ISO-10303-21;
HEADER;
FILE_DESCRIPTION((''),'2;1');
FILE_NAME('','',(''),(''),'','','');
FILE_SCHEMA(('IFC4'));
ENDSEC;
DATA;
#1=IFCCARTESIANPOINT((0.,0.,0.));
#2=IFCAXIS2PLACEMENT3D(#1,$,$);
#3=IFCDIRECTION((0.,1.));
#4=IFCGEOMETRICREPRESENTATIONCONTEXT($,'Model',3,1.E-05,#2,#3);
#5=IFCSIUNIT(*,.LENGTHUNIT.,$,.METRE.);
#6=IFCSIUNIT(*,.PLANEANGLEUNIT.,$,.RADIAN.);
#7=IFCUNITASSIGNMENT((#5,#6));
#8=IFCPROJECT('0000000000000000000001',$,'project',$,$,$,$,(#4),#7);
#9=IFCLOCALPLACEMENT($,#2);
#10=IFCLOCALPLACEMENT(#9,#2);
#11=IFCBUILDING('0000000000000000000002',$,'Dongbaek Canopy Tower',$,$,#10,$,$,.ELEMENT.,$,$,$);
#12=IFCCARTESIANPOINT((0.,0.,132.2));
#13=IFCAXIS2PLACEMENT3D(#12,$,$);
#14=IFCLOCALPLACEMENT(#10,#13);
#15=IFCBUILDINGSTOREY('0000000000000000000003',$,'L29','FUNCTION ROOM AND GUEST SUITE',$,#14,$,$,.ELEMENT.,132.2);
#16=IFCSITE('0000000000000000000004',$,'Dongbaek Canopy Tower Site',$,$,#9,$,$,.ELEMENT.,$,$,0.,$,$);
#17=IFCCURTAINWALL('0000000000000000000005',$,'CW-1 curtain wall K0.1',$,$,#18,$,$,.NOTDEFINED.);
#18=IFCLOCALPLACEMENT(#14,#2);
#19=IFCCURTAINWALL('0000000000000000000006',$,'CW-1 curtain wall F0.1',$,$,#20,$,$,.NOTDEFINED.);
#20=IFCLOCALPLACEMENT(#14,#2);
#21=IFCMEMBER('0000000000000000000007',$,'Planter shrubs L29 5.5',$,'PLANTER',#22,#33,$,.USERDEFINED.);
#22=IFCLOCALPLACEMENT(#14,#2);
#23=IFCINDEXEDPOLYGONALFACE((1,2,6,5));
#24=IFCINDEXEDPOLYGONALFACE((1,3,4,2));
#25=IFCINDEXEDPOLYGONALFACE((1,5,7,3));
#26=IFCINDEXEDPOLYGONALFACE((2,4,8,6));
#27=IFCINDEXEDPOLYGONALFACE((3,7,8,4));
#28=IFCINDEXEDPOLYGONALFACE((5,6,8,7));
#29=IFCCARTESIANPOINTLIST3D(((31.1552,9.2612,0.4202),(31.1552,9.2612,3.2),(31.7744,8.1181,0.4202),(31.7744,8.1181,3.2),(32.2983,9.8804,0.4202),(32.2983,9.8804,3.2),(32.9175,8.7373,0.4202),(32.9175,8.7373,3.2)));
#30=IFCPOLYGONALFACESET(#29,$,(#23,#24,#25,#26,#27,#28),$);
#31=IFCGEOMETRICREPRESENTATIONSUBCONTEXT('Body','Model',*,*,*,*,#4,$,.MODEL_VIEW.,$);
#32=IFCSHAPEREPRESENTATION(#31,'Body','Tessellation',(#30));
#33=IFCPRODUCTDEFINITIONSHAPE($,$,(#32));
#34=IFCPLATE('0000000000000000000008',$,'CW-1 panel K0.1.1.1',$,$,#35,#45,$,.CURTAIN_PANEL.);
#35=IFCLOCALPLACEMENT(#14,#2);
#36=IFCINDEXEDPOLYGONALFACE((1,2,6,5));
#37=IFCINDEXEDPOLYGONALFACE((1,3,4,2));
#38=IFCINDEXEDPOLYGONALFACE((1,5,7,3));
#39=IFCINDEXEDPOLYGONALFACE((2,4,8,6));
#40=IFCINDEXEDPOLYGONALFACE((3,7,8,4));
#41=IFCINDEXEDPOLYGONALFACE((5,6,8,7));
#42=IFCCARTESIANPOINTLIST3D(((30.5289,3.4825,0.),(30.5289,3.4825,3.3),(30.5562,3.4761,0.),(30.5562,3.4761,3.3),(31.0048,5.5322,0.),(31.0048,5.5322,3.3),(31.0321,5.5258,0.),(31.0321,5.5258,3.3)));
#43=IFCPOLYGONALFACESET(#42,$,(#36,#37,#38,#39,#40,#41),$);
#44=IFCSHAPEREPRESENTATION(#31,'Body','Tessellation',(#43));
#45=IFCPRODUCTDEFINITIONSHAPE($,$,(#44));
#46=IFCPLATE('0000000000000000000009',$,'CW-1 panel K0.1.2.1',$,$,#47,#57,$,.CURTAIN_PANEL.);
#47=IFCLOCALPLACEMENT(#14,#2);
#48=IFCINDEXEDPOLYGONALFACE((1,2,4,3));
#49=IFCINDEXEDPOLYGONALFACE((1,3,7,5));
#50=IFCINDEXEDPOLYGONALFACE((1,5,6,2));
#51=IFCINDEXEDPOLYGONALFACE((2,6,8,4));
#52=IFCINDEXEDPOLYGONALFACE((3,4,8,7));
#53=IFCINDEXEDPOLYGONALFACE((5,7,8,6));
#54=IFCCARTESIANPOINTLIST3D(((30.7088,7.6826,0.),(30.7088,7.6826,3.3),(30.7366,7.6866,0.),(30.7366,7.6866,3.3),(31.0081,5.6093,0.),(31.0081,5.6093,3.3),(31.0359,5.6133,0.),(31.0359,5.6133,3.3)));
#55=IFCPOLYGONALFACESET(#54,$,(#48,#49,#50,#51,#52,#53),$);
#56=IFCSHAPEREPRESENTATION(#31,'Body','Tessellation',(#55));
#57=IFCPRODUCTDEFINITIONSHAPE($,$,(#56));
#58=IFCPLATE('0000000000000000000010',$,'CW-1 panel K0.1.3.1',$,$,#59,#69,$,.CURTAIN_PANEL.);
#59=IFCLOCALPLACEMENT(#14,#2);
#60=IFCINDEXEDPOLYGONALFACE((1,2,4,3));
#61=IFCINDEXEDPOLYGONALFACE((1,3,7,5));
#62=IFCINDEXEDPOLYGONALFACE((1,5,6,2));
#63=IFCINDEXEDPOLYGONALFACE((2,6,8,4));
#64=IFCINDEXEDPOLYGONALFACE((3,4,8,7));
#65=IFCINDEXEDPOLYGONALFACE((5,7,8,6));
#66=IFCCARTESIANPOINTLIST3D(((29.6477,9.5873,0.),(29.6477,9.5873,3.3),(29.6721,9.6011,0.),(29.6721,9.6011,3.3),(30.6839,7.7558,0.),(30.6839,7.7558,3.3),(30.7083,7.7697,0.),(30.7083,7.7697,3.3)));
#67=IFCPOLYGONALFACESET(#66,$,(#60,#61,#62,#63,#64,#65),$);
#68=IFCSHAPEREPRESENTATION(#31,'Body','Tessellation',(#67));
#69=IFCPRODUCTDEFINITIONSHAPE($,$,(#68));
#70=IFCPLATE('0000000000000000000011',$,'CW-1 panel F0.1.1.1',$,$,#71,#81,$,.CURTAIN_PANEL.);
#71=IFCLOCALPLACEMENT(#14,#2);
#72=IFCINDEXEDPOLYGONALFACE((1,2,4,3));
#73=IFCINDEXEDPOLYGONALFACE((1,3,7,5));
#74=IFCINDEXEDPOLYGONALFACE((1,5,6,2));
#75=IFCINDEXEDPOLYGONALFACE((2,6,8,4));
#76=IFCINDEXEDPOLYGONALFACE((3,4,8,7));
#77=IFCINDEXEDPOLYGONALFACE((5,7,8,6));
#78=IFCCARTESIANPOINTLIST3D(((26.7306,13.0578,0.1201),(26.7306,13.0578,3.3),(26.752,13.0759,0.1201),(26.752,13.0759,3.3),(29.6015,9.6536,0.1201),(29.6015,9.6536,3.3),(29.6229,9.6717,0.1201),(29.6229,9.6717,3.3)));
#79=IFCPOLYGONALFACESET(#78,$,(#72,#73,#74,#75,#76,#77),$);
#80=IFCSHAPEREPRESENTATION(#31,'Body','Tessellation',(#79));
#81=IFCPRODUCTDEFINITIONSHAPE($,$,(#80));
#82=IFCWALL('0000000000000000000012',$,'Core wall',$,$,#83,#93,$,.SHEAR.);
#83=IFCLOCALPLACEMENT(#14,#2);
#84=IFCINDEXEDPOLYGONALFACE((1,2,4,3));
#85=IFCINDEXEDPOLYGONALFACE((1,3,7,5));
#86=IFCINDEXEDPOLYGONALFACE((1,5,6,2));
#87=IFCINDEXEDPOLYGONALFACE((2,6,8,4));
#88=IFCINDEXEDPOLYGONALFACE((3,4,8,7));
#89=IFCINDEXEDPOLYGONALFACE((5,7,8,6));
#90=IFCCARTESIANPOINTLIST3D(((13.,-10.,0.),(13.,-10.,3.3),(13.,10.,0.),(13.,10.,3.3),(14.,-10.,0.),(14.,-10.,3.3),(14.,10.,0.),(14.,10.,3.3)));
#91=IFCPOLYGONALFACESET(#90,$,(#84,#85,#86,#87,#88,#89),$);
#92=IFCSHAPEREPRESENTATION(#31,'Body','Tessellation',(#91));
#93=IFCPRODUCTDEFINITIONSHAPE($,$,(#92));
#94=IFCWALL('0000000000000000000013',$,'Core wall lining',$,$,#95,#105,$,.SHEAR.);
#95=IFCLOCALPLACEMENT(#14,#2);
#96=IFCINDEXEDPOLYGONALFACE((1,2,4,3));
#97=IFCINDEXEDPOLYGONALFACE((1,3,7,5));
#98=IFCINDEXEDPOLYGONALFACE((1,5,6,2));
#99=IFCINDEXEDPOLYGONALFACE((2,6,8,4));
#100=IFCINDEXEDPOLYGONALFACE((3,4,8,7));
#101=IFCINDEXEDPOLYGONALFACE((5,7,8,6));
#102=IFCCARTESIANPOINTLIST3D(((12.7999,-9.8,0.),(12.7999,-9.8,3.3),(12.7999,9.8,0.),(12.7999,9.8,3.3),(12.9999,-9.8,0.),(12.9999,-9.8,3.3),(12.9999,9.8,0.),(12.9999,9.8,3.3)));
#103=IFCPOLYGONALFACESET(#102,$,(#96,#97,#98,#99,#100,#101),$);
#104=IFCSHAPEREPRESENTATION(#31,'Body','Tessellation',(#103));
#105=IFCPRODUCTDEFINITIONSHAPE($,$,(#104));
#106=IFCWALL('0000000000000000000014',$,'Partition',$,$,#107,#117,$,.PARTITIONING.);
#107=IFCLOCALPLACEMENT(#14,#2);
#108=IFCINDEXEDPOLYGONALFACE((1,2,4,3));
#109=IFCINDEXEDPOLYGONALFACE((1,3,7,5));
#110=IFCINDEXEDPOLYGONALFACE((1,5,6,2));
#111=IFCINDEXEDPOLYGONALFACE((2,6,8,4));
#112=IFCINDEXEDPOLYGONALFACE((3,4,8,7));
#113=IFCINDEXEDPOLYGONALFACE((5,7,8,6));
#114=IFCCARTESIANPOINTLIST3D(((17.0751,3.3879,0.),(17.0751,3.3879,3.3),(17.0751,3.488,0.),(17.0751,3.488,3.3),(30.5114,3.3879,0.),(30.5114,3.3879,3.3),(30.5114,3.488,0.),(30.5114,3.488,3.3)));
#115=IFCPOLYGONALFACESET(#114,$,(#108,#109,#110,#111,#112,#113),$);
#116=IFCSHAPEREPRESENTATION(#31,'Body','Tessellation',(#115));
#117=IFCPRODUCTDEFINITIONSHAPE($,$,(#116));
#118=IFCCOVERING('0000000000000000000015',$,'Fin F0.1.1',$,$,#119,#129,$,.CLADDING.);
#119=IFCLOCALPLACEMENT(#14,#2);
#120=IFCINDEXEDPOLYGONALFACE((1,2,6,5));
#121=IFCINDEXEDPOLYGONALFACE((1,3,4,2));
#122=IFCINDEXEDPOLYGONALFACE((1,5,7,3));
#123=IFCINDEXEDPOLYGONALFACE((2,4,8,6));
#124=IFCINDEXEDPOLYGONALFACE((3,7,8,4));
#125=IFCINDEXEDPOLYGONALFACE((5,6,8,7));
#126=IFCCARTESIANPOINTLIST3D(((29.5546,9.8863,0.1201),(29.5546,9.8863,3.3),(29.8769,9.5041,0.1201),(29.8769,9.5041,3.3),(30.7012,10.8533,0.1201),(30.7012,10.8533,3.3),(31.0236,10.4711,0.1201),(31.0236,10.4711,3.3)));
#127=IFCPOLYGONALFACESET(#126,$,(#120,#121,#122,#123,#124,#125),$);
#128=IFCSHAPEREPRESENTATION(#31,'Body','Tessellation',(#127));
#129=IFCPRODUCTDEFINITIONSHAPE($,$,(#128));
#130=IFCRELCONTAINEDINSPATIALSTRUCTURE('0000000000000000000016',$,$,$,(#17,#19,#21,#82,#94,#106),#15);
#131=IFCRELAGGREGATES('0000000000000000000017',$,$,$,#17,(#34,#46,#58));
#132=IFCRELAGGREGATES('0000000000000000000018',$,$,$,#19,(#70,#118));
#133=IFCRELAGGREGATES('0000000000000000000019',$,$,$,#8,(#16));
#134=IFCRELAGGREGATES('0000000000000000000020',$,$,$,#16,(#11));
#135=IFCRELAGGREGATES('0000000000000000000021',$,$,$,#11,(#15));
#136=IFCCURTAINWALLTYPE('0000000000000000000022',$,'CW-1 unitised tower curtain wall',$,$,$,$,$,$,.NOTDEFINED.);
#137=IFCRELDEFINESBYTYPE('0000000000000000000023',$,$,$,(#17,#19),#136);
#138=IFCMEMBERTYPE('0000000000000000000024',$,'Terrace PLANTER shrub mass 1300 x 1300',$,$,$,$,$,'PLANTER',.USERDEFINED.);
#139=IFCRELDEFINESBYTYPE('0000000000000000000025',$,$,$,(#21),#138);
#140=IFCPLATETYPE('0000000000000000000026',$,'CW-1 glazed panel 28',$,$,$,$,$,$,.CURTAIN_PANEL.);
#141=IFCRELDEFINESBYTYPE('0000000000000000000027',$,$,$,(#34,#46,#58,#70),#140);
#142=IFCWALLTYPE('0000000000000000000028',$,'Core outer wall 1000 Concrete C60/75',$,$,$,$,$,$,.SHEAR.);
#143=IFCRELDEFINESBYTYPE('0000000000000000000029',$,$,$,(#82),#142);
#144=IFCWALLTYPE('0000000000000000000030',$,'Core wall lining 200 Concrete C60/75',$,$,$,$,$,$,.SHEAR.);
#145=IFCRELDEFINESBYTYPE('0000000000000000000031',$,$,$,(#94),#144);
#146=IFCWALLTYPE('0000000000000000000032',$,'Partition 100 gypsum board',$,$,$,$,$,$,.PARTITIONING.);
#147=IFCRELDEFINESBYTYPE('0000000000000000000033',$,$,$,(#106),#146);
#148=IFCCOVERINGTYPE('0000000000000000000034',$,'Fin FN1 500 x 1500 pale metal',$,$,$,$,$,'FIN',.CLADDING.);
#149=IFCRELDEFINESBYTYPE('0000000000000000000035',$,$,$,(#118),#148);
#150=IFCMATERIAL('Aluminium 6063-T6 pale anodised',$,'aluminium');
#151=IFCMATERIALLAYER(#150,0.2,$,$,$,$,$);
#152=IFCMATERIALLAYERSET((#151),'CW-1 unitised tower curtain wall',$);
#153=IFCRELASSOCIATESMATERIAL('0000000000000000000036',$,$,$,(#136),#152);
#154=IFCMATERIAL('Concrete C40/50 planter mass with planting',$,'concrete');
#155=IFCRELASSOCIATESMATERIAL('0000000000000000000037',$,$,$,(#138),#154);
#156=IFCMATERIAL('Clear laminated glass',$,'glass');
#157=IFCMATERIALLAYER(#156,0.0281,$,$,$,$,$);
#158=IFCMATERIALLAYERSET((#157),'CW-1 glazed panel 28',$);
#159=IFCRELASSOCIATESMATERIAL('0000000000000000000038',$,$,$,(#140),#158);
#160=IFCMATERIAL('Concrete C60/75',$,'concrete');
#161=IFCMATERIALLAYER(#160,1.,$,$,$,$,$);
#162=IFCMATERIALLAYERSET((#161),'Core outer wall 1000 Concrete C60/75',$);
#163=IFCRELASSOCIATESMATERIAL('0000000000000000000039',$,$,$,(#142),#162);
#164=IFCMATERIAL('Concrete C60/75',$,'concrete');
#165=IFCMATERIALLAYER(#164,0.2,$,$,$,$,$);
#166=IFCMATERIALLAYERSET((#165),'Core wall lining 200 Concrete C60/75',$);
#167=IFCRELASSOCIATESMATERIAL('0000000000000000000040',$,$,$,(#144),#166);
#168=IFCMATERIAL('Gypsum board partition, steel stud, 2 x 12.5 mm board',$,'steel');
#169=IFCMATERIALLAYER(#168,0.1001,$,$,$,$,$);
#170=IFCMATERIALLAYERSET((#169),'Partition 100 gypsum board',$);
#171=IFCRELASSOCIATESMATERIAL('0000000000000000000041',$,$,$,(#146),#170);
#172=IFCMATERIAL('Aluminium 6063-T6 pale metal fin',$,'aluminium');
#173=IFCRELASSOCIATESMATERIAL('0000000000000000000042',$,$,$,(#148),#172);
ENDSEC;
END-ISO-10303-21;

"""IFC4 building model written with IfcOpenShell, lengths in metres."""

from ifc_helpers import new_model, si_unit, direction, frame, frame_2d, origin, origin_2d, place, context, subcontext, project, spatial, rectangle, extrude, material, layer, layer_set, material_profile, profile_set, type_object, element, aggregate, save


model = new_model("IFC4")

# Units and contexts
model_context = context("Model", 3, precision=1e-05, world=origin(), true_north=direction((0.0, 1.0)))
body_context = subcontext(model_context, "Body", "Model", "MODEL_VIEW")
ifc_project = project(units=[si_unit("LENGTHUNIT", "METRE"), si_unit("PLANEANGLEUNIT", "RADIAN")], contexts=[model_context])

# Site, building, storey
site_placement = place(None, origin())
site = spatial("IfcSite", under=ifc_project, at=site_placement, Name="Dongbaek Canopy Tower Site", CompositionType="ELEMENT", RefElevation=0.0)
building_placement = place(site_placement, origin())
building = spatial("IfcBuilding", under=site, at=building_placement, Name="Dongbaek Canopy Tower", CompositionType="ELEMENT")
storey_placement = place(building_placement, frame((0.0, 0.0, 132.2)))
storey = spatial("IfcBuildingStorey", under=building, at=storey_placement, Name="L29", Description="FUNCTION ROOM AND GUEST SUITE", CompositionType="ELEMENT", Elevation=132.2)

# Curtain wall
ifc_material_1 = material(Name="Aluminium 6063-T6 pale anodised", Category="aluminium")
ifc_layer_1 = layer(ifc_material_1, 0.2)
ifc_layer_set_1 = layer_set([ifc_layer_1], Name="CW-1 unitised tower curtain wall")
curtain_wall_type = type_object("IfcCurtainWallType", Name="CW-1 unitised tower curtain wall", PredefinedType="NOTDEFINED", material=ifc_layer_set_1)
curtain_wall_1_placement = place(storey_placement, origin())
curtain_wall_1 = element("IfcCurtainWall", 1, at=curtain_wall_1_placement, inside=storey, type_object=curtain_wall_type, Name="CW-1 curtain wall K0.1", PredefinedType="NOTDEFINED")

# Curtain wall
curtain_wall_2_placement = place(storey_placement, origin())
curtain_wall_2 = element("IfcCurtainWall", 2, at=curtain_wall_2_placement, inside=storey, type_object=curtain_wall_type, Name="CW-1 curtain wall F0.1", PredefinedType="NOTDEFINED")

# Member
ifc_material_2 = material(Name="Concrete C40/50 planter mass with planting", Category="concrete")
ifc_material_profile_1 = material_profile(ifc_material_2, rectangle(XDim=1.3, YDim=1.3, at=origin_2d()), Name="Terrace PLANTER shrub mass 1300 x 1300")
ifc_profile_set_1 = profile_set([ifc_material_profile_1], Name="Concrete C40/50 planter mass with planting")
member_type_1 = type_object("IfcMemberType", Name="Terrace PLANTER shrub mass 1300 x 1300", ElementType="PLANTER", PredefinedType="USERDEFINED", material=ifc_profile_set_1)
member_1_placement = place(storey_placement, frame((32.0364, 8.9993, 0.4202), z_axis=(0.0, 0.0, 1.0), x_axis=(0.879277, 0.476311, 0.0)))
element("IfcMember", 3, at=member_1_placement, inside=storey, type_object=member_type_1, Name="Planter shrubs L29 5.5", ObjectType="PLANTER", PredefinedType="USERDEFINED", context=body_context, shape_type="SweptSolid", body=[
    extrude(rectangle(XDim=1.3, YDim=1.3, at=origin_2d()), origin(), (0.0, 0.0, 1.0), 2.7798),
])

# Plates
ifc_material_3 = material(Name="Clear laminated glass", Category="glass")
ifc_layer_2 = layer(ifc_material_3, 0.0281)
ifc_layer_set_2 = layer_set([ifc_layer_2], Name="CW-1 glazed panel 28")
plate_type = type_object("IfcPlateType", Name="CW-1 glazed panel 28", PredefinedType="CURTAIN_PANEL", material=ifc_layer_set_2)
plate_1_placement = place(storey_placement, frame((30.7805, 4.5042, 0.0), z_axis=(0.0, 0.0, 1.0), x_axis=(0.226166, 0.974089, 0.0)))
plate_1 = element("IfcPlate", 4, at=plate_1_placement, type_object=plate_type, Name="CW-1 panel K0.1.1.1", PredefinedType="CURTAIN_PANEL", context=body_context, shape_type="SweptSolid", body=[
    extrude(rectangle(XDim=2.1042, YDim=0.0281, at=origin_2d()), origin(), (0.0, 0.0, 1.0), 3.3),
])
plate_2_placement = place(storey_placement, frame((30.8723, 6.6479, 0.0), z_axis=(0.0, 0.0, 1.0), x_axis=(-0.142876, 0.989741, 0.0)))
plate_2 = element("IfcPlate", 5, at=plate_2_placement, type_object=plate_type, Name="CW-1 panel K0.1.2.1", PredefinedType="CURTAIN_PANEL", context=body_context, shape_type="SweptSolid", body=[
    extrude(rectangle(XDim=2.0947, YDim=0.0281, at=origin_2d()), origin(), (0.0, 0.0, 1.0), 3.3),
])
plate_3_placement = place(storey_placement, frame((30.178, 8.6785, 0.0), z_axis=(0.0, 0.0, 1.0), x_axis=(-0.492424, 0.870356, 0.0)))
plate_3 = element("IfcPlate", 6, at=plate_3_placement, type_object=plate_type, Name="CW-1 panel K0.1.3.1", PredefinedType="CURTAIN_PANEL", context=body_context, shape_type="SweptSolid", body=[
    extrude(rectangle(XDim=2.1042, YDim=0.0281, at=origin_2d()), origin(), (0.0, 0.0, 1.0), 3.3),
])
aggregate(curtain_wall_1, [plate_1, plate_2, plate_3])
plate_4_placement = place(storey_placement, frame((28.1768, 11.3647, 0.1201), z_axis=(0.0, 0.0, 1.0), x_axis=(-0.644696, 0.764439, 0.0)))
plate_4 = element("IfcPlate", 7, at=plate_4_placement, type_object=plate_type, Name="CW-1 panel F0.1.1.1", PredefinedType="CURTAIN_PANEL", context=body_context, shape_type="SweptSolid", body=[
    extrude(rectangle(XDim=4.4531, YDim=0.0281, at=origin_2d()), origin(), (0.0, 0.0, 1.0), 3.1799),
])

# Walls
ifc_material_4 = material(Name="Concrete C60/75", Category="concrete")
ifc_layer_3 = layer(ifc_material_4, 1.0)
ifc_layer_set_3 = layer_set([ifc_layer_3], Name="Core outer wall 1000 Concrete C60/75")
wall_type_1 = type_object("IfcWallType", Name="Core outer wall 1000 Concrete C60/75", PredefinedType="SHEAR", material=ifc_layer_set_3)
wall_1_placement = place(storey_placement, frame((13.5, 10.0, 0.0), z_axis=(0.0, 0.0, 1.0), x_axis=(0.0, -1.0, 0.0)))
element("IfcWall", 8, at=wall_1_placement, inside=storey, type_object=wall_type_1, Name="Core wall", PredefinedType="SHEAR", context=body_context, shape_type="SweptSolid", body=[
    extrude(rectangle(XDim=20.0, YDim=1.0, at=frame_2d((10.0, 0.0))), origin(), (0.0, 0.0, 1.0), 3.3),
])
ifc_material_5 = material(Name="Concrete C60/75", Category="concrete")
ifc_layer_4 = layer(ifc_material_5, 0.2)
ifc_layer_set_4 = layer_set([ifc_layer_4], Name="Core wall lining 200 Concrete C60/75")
wall_type_2 = type_object("IfcWallType", Name="Core wall lining 200 Concrete C60/75", PredefinedType="SHEAR", material=ifc_layer_set_4)
wall_2_placement = place(storey_placement, frame((12.8999, 9.8, 0.0), z_axis=(0.0, 0.0, 1.0), x_axis=(0.0, -1.0, 0.0)))
element("IfcWall", 9, at=wall_2_placement, inside=storey, type_object=wall_type_2, Name="Core wall lining", PredefinedType="SHEAR", context=body_context, shape_type="SweptSolid", body=[
    extrude(rectangle(XDim=19.6001, YDim=0.2, at=frame_2d((9.8, 0.0))), origin(), (0.0, 0.0, 1.0), 3.3),
])
ifc_material_6 = material(Name="Gypsum board partition, steel stud, 2 x 12.5 mm board", Category="steel")
ifc_layer_5 = layer(ifc_material_6, 0.1001)
ifc_layer_set_5 = layer_set([ifc_layer_5], Name="Partition 100 gypsum board")
wall_type_3 = type_object("IfcWallType", Name="Partition 100 gypsum board", PredefinedType="PARTITIONING", material=ifc_layer_set_5)
wall_3_placement = place(storey_placement, frame((17.075, 3.438, 0.0), z_axis=(0.0, 0.0, 1.0), x_axis=(1.0, 0.0, 0.0)))
element("IfcWall", 10, at=wall_3_placement, inside=storey, type_object=wall_type_3, Name="Partition", PredefinedType="PARTITIONING", context=body_context, shape_type="SweptSolid", body=[
    extrude(rectangle(XDim=13.4363, YDim=0.1001, at=frame_2d((6.7183, 0.0))), origin(), (0.0, 0.0, 1.0), 3.3),
])

# Covering
ifc_material_7 = material(Name="Aluminium 6063-T6 pale metal fin", Category="aluminium")
ifc_material_profile_2 = material_profile(ifc_material_7, rectangle(XDim=1.5, YDim=0.5, at=origin_2d()), Name="Fin FN1 500 x 1500 pale metal")
ifc_profile_set_2 = profile_set([ifc_material_profile_2], Name="Aluminium 6063-T6 pale metal fin")
covering_type = type_object("IfcCoveringType", Name="Fin FN1 500 x 1500 pale metal", ElementType="FIN", PredefinedType="CLADDING", material=ifc_profile_set_2)
covering_placement = place(storey_placement, frame((30.2891, 10.1787, 0.1201), z_axis=(0.0, 0.0, 1.0), x_axis=(0.764439, 0.644696, 0.0)))
covering = element("IfcCovering", 11, at=covering_placement, type_object=covering_type, Name="Fin F0.1.1", PredefinedType="CLADDING", context=body_context, shape_type="SweptSolid", body=[
    extrude(rectangle(XDim=1.5, YDim=0.5, at=origin_2d()), origin(), (0.0, 0.0, 1.0), 3.1799),
])
aggregate(curtain_wall_2, [plate_4, covering])

save(model, "model.ifc")
